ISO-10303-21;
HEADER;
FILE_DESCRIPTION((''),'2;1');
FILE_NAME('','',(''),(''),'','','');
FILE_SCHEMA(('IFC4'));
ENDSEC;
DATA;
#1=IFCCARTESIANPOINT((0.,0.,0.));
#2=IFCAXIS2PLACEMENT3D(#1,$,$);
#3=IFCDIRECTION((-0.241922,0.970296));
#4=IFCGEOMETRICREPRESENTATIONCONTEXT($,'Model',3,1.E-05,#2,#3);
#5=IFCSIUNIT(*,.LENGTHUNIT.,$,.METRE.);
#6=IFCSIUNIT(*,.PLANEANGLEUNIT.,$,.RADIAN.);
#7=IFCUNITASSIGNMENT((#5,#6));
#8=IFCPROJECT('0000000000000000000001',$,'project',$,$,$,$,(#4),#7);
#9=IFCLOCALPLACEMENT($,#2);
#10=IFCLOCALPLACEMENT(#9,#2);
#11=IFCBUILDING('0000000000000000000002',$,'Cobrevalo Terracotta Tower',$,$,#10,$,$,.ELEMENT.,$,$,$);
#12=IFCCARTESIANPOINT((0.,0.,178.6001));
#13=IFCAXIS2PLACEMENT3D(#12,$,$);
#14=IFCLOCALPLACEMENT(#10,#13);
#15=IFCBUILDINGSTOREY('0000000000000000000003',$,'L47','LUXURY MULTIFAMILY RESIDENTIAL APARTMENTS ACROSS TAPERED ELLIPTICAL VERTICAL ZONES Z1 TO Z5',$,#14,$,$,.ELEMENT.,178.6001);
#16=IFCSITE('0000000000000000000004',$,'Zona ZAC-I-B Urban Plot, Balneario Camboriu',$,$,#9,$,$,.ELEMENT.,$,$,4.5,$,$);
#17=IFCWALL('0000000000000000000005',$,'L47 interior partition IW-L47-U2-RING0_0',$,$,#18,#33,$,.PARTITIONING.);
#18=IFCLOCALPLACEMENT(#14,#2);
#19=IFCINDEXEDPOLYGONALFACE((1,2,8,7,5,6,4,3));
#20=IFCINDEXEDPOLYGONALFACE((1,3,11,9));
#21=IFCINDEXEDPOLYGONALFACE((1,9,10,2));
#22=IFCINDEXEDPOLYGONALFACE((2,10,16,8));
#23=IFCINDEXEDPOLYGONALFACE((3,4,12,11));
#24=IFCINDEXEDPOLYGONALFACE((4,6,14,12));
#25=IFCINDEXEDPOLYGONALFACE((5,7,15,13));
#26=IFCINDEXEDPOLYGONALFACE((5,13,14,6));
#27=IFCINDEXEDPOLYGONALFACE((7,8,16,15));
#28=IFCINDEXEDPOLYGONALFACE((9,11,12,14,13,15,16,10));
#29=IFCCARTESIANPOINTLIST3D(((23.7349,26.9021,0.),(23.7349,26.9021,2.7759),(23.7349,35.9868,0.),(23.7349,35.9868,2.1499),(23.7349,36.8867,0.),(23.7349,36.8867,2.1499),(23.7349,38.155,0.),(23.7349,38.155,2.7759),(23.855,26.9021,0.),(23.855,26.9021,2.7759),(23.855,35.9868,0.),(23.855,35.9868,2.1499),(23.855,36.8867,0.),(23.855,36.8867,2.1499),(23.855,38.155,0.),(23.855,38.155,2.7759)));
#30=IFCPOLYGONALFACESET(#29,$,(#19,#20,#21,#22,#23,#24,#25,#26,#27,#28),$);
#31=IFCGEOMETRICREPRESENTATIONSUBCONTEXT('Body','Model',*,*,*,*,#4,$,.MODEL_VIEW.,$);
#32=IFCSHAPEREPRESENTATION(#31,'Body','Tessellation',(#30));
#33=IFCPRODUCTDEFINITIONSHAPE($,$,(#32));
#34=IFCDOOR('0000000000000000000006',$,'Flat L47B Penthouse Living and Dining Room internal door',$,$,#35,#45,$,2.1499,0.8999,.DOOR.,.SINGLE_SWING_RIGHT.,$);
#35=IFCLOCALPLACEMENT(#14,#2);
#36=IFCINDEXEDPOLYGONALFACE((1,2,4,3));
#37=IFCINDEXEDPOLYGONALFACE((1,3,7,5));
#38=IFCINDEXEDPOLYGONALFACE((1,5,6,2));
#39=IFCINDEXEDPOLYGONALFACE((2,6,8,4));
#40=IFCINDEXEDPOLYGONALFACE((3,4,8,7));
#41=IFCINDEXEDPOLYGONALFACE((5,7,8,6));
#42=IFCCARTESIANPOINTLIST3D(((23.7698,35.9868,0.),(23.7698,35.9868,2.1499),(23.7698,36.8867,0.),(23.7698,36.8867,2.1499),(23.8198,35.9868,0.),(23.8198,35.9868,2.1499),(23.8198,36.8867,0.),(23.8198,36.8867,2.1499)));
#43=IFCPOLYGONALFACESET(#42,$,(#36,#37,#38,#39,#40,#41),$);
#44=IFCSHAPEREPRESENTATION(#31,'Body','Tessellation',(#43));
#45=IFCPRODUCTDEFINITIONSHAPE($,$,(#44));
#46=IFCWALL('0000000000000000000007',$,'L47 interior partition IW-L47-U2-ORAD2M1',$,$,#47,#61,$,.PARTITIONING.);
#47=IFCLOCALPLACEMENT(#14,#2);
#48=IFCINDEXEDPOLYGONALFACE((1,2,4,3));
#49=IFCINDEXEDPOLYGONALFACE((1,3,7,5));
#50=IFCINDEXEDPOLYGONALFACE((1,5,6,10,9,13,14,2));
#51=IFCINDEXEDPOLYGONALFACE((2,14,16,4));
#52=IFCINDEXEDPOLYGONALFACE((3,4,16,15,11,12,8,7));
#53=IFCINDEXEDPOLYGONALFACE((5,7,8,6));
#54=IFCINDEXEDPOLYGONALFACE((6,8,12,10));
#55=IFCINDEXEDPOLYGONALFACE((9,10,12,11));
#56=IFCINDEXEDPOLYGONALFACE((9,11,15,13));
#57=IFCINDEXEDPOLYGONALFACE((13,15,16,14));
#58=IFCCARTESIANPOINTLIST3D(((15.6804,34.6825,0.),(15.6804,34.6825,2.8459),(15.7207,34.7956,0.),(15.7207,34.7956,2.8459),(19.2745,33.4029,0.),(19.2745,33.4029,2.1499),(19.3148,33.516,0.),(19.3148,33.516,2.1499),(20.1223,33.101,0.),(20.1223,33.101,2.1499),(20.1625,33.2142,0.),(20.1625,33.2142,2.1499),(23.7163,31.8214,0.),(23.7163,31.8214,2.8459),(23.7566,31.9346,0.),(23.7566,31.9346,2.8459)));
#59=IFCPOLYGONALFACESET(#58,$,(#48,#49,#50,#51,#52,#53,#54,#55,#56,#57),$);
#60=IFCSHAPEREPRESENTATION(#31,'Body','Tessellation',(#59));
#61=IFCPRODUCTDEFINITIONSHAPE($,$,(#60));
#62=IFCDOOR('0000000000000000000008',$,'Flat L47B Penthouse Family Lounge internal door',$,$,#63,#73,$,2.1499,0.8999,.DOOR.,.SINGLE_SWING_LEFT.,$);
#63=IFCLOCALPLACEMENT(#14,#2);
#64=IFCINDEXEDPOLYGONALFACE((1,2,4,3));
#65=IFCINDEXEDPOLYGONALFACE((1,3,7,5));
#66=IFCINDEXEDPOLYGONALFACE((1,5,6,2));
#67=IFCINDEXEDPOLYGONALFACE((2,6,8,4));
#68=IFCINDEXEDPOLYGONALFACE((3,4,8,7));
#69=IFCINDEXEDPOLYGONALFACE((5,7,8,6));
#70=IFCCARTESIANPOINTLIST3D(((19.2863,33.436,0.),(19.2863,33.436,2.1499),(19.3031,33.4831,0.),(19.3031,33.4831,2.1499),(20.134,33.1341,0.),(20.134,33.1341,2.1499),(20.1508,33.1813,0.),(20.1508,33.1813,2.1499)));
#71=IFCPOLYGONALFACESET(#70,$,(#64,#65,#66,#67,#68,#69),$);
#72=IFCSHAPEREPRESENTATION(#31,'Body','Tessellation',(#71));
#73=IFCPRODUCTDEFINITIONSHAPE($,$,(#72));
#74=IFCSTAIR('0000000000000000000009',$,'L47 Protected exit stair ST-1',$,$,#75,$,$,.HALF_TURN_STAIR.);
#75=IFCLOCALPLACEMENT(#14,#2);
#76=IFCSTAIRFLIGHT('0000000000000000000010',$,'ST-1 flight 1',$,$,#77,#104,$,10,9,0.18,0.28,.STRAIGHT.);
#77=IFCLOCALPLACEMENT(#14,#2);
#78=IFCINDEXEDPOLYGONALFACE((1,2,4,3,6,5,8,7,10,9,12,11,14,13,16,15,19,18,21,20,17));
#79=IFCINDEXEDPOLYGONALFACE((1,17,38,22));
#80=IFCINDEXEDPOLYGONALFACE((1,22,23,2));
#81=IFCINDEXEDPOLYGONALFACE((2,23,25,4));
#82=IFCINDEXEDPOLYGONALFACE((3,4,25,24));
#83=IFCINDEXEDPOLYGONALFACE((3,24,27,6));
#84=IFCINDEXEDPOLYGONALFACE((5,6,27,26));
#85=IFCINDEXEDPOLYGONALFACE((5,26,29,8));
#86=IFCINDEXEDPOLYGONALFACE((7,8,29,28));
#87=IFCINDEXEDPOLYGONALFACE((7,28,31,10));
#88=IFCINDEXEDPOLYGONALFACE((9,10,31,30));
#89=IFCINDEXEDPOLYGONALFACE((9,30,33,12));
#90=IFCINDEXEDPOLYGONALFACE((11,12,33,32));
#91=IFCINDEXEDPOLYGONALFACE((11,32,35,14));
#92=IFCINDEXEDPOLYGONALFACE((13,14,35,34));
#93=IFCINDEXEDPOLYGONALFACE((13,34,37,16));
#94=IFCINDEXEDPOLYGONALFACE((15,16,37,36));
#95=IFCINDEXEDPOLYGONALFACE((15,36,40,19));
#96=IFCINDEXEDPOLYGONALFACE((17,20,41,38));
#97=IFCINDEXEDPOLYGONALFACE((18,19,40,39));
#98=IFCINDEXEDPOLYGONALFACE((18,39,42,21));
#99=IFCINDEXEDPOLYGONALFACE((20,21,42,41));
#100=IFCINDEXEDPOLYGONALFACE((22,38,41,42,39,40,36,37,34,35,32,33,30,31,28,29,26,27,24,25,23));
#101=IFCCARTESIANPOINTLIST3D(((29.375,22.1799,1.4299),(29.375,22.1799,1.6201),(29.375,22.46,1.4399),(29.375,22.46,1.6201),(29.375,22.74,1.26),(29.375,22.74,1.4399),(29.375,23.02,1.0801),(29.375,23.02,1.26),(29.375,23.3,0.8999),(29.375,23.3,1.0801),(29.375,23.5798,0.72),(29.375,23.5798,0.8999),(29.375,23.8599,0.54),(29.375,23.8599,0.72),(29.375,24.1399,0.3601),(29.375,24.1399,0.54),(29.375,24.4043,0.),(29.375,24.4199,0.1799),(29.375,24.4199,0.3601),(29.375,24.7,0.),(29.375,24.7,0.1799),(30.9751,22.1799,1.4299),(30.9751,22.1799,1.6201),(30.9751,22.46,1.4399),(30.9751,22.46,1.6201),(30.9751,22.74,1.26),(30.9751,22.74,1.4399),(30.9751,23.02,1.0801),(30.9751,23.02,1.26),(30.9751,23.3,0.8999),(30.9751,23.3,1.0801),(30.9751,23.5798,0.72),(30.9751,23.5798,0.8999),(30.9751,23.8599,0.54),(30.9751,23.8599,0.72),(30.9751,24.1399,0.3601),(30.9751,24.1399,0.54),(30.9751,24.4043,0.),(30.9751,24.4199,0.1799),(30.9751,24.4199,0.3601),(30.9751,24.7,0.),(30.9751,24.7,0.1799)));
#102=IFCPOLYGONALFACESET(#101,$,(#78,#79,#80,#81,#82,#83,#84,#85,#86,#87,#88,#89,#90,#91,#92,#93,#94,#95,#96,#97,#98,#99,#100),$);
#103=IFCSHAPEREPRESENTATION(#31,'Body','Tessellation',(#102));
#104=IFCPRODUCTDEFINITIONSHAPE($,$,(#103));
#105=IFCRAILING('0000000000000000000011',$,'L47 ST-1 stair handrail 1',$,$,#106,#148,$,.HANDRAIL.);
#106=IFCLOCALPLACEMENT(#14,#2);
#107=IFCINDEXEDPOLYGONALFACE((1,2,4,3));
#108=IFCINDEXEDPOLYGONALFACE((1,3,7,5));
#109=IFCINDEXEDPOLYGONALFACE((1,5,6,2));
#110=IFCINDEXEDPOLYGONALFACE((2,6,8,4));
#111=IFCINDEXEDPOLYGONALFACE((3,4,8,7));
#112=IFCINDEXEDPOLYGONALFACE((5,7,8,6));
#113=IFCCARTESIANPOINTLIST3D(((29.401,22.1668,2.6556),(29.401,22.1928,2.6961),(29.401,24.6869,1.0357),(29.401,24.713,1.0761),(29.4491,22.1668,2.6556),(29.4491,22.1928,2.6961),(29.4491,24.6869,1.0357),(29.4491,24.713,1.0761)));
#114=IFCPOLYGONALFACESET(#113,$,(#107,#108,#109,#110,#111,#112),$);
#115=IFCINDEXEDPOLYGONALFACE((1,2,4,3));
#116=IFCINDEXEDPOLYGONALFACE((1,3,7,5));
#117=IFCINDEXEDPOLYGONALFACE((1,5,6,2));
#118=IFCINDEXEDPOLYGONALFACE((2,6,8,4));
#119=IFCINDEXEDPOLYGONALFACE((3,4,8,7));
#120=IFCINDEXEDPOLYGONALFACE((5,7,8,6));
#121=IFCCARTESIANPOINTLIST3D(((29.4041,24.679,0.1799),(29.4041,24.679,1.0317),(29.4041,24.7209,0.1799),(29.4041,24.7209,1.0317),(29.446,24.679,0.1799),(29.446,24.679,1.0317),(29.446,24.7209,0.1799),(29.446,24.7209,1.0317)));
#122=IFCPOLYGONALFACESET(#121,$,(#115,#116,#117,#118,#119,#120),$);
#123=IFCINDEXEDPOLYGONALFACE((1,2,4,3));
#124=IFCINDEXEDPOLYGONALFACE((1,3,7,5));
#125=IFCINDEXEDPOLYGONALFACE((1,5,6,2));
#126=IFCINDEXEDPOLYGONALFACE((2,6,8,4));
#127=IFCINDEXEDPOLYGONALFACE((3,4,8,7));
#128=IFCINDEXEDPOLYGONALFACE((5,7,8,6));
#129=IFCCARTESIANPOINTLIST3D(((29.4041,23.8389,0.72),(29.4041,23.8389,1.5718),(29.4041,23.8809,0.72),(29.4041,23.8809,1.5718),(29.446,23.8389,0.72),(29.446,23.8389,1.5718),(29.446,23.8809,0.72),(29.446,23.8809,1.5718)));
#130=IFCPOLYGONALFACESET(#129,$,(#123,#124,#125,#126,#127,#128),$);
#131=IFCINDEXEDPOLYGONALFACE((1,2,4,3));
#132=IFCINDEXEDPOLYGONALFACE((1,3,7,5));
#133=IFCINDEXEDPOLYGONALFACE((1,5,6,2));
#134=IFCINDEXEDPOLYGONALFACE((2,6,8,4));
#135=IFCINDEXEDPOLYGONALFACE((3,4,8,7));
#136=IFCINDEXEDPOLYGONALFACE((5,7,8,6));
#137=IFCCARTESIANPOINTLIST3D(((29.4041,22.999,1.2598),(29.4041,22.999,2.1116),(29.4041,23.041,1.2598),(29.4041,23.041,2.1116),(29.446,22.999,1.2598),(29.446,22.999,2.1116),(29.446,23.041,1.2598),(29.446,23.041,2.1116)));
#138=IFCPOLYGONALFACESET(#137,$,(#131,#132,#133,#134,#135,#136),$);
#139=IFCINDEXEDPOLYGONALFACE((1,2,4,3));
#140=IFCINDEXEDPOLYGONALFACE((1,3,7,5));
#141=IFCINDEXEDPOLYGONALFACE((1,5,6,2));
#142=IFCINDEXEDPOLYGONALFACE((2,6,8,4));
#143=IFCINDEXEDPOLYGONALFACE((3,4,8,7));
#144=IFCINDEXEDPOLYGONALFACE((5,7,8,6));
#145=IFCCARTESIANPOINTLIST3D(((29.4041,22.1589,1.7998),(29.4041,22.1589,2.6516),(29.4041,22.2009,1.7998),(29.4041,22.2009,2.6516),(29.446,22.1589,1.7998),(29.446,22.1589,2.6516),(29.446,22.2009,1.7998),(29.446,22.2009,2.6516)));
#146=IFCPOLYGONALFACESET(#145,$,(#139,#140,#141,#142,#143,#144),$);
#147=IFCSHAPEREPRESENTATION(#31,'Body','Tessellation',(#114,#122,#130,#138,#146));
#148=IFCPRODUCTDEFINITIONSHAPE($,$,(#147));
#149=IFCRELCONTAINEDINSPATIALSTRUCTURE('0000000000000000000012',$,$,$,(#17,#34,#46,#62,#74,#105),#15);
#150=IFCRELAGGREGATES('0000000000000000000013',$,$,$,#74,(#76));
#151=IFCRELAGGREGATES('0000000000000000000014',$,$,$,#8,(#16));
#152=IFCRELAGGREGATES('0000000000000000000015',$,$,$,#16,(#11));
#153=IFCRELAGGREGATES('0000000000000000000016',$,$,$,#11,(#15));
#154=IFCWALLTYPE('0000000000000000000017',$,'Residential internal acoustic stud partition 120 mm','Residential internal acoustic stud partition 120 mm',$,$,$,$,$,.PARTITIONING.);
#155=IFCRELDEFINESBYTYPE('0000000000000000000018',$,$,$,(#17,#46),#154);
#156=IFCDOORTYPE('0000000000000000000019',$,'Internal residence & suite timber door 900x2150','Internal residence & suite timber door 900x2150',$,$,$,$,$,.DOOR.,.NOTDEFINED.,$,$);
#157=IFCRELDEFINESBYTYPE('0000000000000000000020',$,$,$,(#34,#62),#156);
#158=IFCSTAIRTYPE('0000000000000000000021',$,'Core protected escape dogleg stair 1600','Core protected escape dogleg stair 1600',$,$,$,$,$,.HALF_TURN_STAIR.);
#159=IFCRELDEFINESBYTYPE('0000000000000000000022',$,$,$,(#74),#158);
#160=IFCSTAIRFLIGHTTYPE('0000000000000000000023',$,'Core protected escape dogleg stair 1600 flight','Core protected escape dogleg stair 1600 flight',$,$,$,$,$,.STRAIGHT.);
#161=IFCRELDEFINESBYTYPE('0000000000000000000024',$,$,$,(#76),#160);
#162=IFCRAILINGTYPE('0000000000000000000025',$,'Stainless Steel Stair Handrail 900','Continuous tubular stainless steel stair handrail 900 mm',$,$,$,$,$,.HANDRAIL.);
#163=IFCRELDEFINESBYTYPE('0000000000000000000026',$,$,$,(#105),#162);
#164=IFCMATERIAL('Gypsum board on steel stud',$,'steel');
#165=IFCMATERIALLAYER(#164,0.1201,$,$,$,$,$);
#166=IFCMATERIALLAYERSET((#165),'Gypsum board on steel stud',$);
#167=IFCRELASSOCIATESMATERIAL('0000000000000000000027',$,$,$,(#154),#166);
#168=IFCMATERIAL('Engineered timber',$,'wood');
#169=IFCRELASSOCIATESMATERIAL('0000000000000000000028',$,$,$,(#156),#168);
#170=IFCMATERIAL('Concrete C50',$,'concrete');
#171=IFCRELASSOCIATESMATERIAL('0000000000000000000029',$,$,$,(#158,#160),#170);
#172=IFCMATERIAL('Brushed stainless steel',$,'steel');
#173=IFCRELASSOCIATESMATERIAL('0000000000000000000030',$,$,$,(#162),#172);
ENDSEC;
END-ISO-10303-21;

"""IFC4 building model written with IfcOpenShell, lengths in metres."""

from ifc_helpers import new_model, si_unit, direction, frame, frame_2d, origin, origin_2d, place, context, subcontext, project, spatial, polyline, rectangle, outline, extrude, source, transform, mapped, material, layer, layer_set, type_object, element, fill, aggregate, save


model = new_model("IFC4")

# Units and contexts
model_context = context("Model", 3, precision=1e-05, world=origin(), true_north=direction((-0.241922, 0.970296)))
body_context = subcontext(model_context, "Body", "Model", "MODEL_VIEW")
ifc_project = project(units=[si_unit("LENGTHUNIT", "METRE"), si_unit("PLANEANGLEUNIT", "RADIAN")], contexts=[model_context])

# Site, building, storey
site_placement = place(None, origin())
site = spatial("IfcSite", under=ifc_project, at=site_placement, Name="Zona ZAC-I-B Urban Plot, Balneario Camboriu", CompositionType="ELEMENT", RefElevation=4.5)
building_placement = place(site_placement, origin())
building = spatial("IfcBuilding", under=site, at=building_placement, Name="Cobrevalo Terracotta Tower", CompositionType="ELEMENT")
storey_placement = place(building_placement, frame((0.0, 0.0, 178.6001)))
storey = spatial("IfcBuildingStorey", under=building, at=storey_placement, Name="L47", Description="LUXURY MULTIFAMILY RESIDENTIAL APARTMENTS ACROSS TAPERED ELLIPTICAL VERTICAL ZONES Z1 TO Z5", CompositionType="ELEMENT", Elevation=178.6001)

# Shared definitions
ifc_material_1 = material(Name="Gypsum board on steel stud", Category="steel")

# Shared definitions
ifc_material_2 = material(Name="Brushed stainless steel", Category="steel")

# Walls, openings, doors
ifc_layer_1 = layer(ifc_material_1, 0.1201)
ifc_layer_set_1 = layer_set([ifc_layer_1], Name="Gypsum board on steel stud")
wall_type_1 = type_object("IfcWallType", Name="Residential internal acoustic stud partition 120 mm", Description="Residential internal acoustic stud partition 120 mm", PredefinedType="PARTITIONING", material=ifc_layer_set_1)
wall_1_placement = place(storey_placement, frame((23.7949, 26.9021, 0.0), z_axis=(0.0, 0.0, 1.0), x_axis=(0.0, 1.0, 0.0)))
wall_1 = element("IfcWall", 1, at=wall_1_placement, inside=storey, type_object=wall_type_1, Name="L47 interior partition IW-L47-U2-RING0_0", PredefinedType="PARTITIONING", context=body_context, shape_type="SweptSolid", body=[
    extrude(rectangle(XDim=11.2529, YDim=0.1201, at=frame_2d((5.6265, 0.0))), origin(), (0.0, 0.0, 1.0), 2.7759),
])
opening_1_placement = place(wall_1_placement, frame((9.0847, 0.0, 0.0)))
opening_1 = element("IfcOpeningElement", 2, at=opening_1_placement, cuts=wall_1, PredefinedType="OPENING", context=body_context, shape_type="SweptSolid", body=[
    extrude(rectangle(XDim=0.8999, YDim=2.1499, at=frame_2d((0.45, 1.075))), frame((0.0, 0.0701, 0.0), z_axis=(0.0, -1.0, 0.0), x_axis=(1.0, 0.0, 0.0)), (0.0, 0.0, 1.0), 0.1401),
])
ifc_material_3 = material(Name="Engineered timber", Category="wood")
door_type_1 = type_object("IfcDoorType", Name="Internal residence & suite timber door 900x2150", Description="Internal residence & suite timber door 900x2150", OperationType="NOTDEFINED", PredefinedType="DOOR", material=ifc_material_3)
shared_shape_1 = source(origin(), body_context, "Body", "SweptSolid", [
    extrude(rectangle(XDim=0.8999, YDim=2.1499, at=frame_2d((0.45, 1.075))), frame((0.0, 0.0249, 0.0), z_axis=(0.0, -1.0, 0.0), x_axis=(1.0, 0.0, 0.0)), (0.0, 0.0, 1.0), 0.05),
])
door_1_placement = place(opening_1_placement, frame((0.8999, 0.0, 0.0), z_axis=(0.0, 0.0, 1.0), x_axis=(-1.0, 0.0, 0.0)))
door_1 = element("IfcDoor", 3, at=door_1_placement, inside=storey, type_object=door_type_1, Name="Flat L47B Penthouse Living and Dining Room internal door", OperationType="SINGLE_SWING_RIGHT", OverallHeight=2.1499, OverallWidth=0.8999, PredefinedType="DOOR", context=body_context, shape_type="MappedRepresentation", body=[
    mapped(shared_shape_1, transform((0.0, 0.0, 0.0), scale=1.0)),
])
fill(opening_1, door_1)
wall_2_placement = place(storey_placement, frame((23.7366, 31.8779, 0.0), z_axis=(0.0, 0.0, 1.0), x_axis=(-0.942071, 0.335413, 0.0)))
wall_2 = element("IfcWall", 4, at=wall_2_placement, inside=storey, type_object=wall_type_1, Name="L47 interior partition IW-L47-U2-ORAD2M1", PredefinedType="PARTITIONING", context=body_context, shape_type="SweptSolid", body=[
    extrude(rectangle(XDim=8.53, YDim=0.1201, at=frame_2d((4.2651, 0.0))), origin(), (0.0, 0.0, 1.0), 2.8459),
])
opening_2_placement = place(wall_2_placement, frame((3.8152, 0.0, 0.0)))
opening_2 = element("IfcOpeningElement", 5, at=opening_2_placement, cuts=wall_2, PredefinedType="OPENING", context=body_context, shape_type="SweptSolid", body=[
    extrude(rectangle(XDim=0.8999, YDim=2.1499, at=frame_2d((0.45, 1.075))), frame((0.0, 0.0701, 0.0), z_axis=(0.0, -1.0, 0.0), x_axis=(1.0, 0.0, 0.0)), (0.0, 0.0, 1.0), 0.1401),
])
door_2_placement = place(opening_2_placement, origin())
door_2 = element("IfcDoor", 6, at=door_2_placement, inside=storey, type_object=door_type_1, Name="Flat L47B Penthouse Family Lounge internal door", OperationType="SINGLE_SWING_LEFT", OverallHeight=2.1499, OverallWidth=0.8999, PredefinedType="DOOR", context=body_context, shape_type="MappedRepresentation", body=[
    mapped(shared_shape_1, transform((0.0, 0.0, 0.0), scale=1.0)),
])
fill(opening_2, door_2)
ifc_material_4 = material(Name="Concrete C50", Category="concrete")

# Stair, stair flight
stair_type = type_object("IfcStairType", Name="Core protected escape dogleg stair 1600", Description="Core protected escape dogleg stair 1600", PredefinedType="HALF_TURN_STAIR", material=ifc_material_4)
stair_placement = place(storey_placement, origin())
stair = element("IfcStair", 7, at=stair_placement, inside=storey, type_object=stair_type, Name="L47 Protected exit stair ST-1", PredefinedType="HALF_TURN_STAIR")
stair_flight_type = type_object("IfcStairFlightType", Name="Core protected escape dogleg stair 1600 flight", Description="Core protected escape dogleg stair 1600 flight", PredefinedType="STRAIGHT", material=ifc_material_4)
stair_flight_placement = place(storey_placement, frame((30.175, 24.7, 0.0), z_axis=(0.0, 0.0, 1.0), x_axis=(0.0, -1.0, 0.0)))
stair_flight = element("IfcStairFlight", 8, at=stair_flight_placement, type_object=stair_flight_type, Name="ST-1 flight 1", NumberOfRisers=10, NumberOfTreads=9, PredefinedType="STRAIGHT", RiserHeight=0.18, TreadLength=0.28, context=body_context, shape_type="SweptSolid", body=[
    extrude(outline(polyline([(0.0, 0.0), (0.0, 0.1799), (0.28, 0.1799), (0.28, 0.3601), (0.5601, 0.3601), (0.5601, 0.54), (0.8401, 0.54), (0.8401, 0.72), (1.1201, 0.72), (1.1201, 0.8999), (1.3999, 0.8999), (1.3999, 1.0801), (1.6799, 1.0801), (1.6799, 1.26), (1.96, 1.26), (1.96, 1.4399), (2.24, 1.4399), (2.24, 1.6201), (2.52, 1.6201), (2.52, 1.8), (2.52, 1.4299), (0.2957, 0.0), (0.0, 0.0)])), frame((0.0, 0.8, 0.0), z_axis=(0.0, -1.0, 0.0), x_axis=(1.0, 0.0, 0.0)), (0.0, 0.0, 1.0), 1.6001),
])
aggregate(stair, [stair_flight])

# Railing
railing_type_1 = type_object("IfcRailingType", Name="Stainless Steel Stair Handrail 900", Description="Continuous tubular stainless steel stair handrail 900 mm", PredefinedType="HANDRAIL", material=ifc_material_2)
railing_1_placement = place(storey_placement, frame((29.425, 24.7, 0.1799)))
element("IfcRailing", 9, at=railing_1_placement, inside=storey, type_object=railing_type_1, Name="L47 ST-1 stair handrail 1", PredefinedType="HANDRAIL", context=body_context, shape_type="SweptSolid", body=[
    extrude(rectangle(XDim=0.0481, YDim=0.0481, at=origin_2d()), frame((0.0, 0.0, 0.876), z_axis=(0.0, -0.8412, 0.540725), x_axis=(1.0, 0.0, 0.0)), (0.0, 0.0, 1.0), 2.9958),
    extrude(rectangle(XDim=0.042, YDim=0.042, at=origin_2d()), origin(), (0.0, 0.0, 1.0), 0.8518),
    extrude(rectangle(XDim=0.042, YDim=0.042, at=origin_2d()), frame((0.0, -0.8401, 0.54)), (0.0, 0.0, 1.0), 0.8518),
    extrude(rectangle(XDim=0.042, YDim=0.042, at=origin_2d()), frame((0.0, -1.6799, 1.0798)), (0.0, 0.0, 1.0), 0.8518),
    extrude(rectangle(XDim=0.042, YDim=0.042, at=origin_2d()), frame((0.0, -2.52, 1.6199)), (0.0, 0.0, 1.0), 0.8518),
])

save(model, "model.ifc")
